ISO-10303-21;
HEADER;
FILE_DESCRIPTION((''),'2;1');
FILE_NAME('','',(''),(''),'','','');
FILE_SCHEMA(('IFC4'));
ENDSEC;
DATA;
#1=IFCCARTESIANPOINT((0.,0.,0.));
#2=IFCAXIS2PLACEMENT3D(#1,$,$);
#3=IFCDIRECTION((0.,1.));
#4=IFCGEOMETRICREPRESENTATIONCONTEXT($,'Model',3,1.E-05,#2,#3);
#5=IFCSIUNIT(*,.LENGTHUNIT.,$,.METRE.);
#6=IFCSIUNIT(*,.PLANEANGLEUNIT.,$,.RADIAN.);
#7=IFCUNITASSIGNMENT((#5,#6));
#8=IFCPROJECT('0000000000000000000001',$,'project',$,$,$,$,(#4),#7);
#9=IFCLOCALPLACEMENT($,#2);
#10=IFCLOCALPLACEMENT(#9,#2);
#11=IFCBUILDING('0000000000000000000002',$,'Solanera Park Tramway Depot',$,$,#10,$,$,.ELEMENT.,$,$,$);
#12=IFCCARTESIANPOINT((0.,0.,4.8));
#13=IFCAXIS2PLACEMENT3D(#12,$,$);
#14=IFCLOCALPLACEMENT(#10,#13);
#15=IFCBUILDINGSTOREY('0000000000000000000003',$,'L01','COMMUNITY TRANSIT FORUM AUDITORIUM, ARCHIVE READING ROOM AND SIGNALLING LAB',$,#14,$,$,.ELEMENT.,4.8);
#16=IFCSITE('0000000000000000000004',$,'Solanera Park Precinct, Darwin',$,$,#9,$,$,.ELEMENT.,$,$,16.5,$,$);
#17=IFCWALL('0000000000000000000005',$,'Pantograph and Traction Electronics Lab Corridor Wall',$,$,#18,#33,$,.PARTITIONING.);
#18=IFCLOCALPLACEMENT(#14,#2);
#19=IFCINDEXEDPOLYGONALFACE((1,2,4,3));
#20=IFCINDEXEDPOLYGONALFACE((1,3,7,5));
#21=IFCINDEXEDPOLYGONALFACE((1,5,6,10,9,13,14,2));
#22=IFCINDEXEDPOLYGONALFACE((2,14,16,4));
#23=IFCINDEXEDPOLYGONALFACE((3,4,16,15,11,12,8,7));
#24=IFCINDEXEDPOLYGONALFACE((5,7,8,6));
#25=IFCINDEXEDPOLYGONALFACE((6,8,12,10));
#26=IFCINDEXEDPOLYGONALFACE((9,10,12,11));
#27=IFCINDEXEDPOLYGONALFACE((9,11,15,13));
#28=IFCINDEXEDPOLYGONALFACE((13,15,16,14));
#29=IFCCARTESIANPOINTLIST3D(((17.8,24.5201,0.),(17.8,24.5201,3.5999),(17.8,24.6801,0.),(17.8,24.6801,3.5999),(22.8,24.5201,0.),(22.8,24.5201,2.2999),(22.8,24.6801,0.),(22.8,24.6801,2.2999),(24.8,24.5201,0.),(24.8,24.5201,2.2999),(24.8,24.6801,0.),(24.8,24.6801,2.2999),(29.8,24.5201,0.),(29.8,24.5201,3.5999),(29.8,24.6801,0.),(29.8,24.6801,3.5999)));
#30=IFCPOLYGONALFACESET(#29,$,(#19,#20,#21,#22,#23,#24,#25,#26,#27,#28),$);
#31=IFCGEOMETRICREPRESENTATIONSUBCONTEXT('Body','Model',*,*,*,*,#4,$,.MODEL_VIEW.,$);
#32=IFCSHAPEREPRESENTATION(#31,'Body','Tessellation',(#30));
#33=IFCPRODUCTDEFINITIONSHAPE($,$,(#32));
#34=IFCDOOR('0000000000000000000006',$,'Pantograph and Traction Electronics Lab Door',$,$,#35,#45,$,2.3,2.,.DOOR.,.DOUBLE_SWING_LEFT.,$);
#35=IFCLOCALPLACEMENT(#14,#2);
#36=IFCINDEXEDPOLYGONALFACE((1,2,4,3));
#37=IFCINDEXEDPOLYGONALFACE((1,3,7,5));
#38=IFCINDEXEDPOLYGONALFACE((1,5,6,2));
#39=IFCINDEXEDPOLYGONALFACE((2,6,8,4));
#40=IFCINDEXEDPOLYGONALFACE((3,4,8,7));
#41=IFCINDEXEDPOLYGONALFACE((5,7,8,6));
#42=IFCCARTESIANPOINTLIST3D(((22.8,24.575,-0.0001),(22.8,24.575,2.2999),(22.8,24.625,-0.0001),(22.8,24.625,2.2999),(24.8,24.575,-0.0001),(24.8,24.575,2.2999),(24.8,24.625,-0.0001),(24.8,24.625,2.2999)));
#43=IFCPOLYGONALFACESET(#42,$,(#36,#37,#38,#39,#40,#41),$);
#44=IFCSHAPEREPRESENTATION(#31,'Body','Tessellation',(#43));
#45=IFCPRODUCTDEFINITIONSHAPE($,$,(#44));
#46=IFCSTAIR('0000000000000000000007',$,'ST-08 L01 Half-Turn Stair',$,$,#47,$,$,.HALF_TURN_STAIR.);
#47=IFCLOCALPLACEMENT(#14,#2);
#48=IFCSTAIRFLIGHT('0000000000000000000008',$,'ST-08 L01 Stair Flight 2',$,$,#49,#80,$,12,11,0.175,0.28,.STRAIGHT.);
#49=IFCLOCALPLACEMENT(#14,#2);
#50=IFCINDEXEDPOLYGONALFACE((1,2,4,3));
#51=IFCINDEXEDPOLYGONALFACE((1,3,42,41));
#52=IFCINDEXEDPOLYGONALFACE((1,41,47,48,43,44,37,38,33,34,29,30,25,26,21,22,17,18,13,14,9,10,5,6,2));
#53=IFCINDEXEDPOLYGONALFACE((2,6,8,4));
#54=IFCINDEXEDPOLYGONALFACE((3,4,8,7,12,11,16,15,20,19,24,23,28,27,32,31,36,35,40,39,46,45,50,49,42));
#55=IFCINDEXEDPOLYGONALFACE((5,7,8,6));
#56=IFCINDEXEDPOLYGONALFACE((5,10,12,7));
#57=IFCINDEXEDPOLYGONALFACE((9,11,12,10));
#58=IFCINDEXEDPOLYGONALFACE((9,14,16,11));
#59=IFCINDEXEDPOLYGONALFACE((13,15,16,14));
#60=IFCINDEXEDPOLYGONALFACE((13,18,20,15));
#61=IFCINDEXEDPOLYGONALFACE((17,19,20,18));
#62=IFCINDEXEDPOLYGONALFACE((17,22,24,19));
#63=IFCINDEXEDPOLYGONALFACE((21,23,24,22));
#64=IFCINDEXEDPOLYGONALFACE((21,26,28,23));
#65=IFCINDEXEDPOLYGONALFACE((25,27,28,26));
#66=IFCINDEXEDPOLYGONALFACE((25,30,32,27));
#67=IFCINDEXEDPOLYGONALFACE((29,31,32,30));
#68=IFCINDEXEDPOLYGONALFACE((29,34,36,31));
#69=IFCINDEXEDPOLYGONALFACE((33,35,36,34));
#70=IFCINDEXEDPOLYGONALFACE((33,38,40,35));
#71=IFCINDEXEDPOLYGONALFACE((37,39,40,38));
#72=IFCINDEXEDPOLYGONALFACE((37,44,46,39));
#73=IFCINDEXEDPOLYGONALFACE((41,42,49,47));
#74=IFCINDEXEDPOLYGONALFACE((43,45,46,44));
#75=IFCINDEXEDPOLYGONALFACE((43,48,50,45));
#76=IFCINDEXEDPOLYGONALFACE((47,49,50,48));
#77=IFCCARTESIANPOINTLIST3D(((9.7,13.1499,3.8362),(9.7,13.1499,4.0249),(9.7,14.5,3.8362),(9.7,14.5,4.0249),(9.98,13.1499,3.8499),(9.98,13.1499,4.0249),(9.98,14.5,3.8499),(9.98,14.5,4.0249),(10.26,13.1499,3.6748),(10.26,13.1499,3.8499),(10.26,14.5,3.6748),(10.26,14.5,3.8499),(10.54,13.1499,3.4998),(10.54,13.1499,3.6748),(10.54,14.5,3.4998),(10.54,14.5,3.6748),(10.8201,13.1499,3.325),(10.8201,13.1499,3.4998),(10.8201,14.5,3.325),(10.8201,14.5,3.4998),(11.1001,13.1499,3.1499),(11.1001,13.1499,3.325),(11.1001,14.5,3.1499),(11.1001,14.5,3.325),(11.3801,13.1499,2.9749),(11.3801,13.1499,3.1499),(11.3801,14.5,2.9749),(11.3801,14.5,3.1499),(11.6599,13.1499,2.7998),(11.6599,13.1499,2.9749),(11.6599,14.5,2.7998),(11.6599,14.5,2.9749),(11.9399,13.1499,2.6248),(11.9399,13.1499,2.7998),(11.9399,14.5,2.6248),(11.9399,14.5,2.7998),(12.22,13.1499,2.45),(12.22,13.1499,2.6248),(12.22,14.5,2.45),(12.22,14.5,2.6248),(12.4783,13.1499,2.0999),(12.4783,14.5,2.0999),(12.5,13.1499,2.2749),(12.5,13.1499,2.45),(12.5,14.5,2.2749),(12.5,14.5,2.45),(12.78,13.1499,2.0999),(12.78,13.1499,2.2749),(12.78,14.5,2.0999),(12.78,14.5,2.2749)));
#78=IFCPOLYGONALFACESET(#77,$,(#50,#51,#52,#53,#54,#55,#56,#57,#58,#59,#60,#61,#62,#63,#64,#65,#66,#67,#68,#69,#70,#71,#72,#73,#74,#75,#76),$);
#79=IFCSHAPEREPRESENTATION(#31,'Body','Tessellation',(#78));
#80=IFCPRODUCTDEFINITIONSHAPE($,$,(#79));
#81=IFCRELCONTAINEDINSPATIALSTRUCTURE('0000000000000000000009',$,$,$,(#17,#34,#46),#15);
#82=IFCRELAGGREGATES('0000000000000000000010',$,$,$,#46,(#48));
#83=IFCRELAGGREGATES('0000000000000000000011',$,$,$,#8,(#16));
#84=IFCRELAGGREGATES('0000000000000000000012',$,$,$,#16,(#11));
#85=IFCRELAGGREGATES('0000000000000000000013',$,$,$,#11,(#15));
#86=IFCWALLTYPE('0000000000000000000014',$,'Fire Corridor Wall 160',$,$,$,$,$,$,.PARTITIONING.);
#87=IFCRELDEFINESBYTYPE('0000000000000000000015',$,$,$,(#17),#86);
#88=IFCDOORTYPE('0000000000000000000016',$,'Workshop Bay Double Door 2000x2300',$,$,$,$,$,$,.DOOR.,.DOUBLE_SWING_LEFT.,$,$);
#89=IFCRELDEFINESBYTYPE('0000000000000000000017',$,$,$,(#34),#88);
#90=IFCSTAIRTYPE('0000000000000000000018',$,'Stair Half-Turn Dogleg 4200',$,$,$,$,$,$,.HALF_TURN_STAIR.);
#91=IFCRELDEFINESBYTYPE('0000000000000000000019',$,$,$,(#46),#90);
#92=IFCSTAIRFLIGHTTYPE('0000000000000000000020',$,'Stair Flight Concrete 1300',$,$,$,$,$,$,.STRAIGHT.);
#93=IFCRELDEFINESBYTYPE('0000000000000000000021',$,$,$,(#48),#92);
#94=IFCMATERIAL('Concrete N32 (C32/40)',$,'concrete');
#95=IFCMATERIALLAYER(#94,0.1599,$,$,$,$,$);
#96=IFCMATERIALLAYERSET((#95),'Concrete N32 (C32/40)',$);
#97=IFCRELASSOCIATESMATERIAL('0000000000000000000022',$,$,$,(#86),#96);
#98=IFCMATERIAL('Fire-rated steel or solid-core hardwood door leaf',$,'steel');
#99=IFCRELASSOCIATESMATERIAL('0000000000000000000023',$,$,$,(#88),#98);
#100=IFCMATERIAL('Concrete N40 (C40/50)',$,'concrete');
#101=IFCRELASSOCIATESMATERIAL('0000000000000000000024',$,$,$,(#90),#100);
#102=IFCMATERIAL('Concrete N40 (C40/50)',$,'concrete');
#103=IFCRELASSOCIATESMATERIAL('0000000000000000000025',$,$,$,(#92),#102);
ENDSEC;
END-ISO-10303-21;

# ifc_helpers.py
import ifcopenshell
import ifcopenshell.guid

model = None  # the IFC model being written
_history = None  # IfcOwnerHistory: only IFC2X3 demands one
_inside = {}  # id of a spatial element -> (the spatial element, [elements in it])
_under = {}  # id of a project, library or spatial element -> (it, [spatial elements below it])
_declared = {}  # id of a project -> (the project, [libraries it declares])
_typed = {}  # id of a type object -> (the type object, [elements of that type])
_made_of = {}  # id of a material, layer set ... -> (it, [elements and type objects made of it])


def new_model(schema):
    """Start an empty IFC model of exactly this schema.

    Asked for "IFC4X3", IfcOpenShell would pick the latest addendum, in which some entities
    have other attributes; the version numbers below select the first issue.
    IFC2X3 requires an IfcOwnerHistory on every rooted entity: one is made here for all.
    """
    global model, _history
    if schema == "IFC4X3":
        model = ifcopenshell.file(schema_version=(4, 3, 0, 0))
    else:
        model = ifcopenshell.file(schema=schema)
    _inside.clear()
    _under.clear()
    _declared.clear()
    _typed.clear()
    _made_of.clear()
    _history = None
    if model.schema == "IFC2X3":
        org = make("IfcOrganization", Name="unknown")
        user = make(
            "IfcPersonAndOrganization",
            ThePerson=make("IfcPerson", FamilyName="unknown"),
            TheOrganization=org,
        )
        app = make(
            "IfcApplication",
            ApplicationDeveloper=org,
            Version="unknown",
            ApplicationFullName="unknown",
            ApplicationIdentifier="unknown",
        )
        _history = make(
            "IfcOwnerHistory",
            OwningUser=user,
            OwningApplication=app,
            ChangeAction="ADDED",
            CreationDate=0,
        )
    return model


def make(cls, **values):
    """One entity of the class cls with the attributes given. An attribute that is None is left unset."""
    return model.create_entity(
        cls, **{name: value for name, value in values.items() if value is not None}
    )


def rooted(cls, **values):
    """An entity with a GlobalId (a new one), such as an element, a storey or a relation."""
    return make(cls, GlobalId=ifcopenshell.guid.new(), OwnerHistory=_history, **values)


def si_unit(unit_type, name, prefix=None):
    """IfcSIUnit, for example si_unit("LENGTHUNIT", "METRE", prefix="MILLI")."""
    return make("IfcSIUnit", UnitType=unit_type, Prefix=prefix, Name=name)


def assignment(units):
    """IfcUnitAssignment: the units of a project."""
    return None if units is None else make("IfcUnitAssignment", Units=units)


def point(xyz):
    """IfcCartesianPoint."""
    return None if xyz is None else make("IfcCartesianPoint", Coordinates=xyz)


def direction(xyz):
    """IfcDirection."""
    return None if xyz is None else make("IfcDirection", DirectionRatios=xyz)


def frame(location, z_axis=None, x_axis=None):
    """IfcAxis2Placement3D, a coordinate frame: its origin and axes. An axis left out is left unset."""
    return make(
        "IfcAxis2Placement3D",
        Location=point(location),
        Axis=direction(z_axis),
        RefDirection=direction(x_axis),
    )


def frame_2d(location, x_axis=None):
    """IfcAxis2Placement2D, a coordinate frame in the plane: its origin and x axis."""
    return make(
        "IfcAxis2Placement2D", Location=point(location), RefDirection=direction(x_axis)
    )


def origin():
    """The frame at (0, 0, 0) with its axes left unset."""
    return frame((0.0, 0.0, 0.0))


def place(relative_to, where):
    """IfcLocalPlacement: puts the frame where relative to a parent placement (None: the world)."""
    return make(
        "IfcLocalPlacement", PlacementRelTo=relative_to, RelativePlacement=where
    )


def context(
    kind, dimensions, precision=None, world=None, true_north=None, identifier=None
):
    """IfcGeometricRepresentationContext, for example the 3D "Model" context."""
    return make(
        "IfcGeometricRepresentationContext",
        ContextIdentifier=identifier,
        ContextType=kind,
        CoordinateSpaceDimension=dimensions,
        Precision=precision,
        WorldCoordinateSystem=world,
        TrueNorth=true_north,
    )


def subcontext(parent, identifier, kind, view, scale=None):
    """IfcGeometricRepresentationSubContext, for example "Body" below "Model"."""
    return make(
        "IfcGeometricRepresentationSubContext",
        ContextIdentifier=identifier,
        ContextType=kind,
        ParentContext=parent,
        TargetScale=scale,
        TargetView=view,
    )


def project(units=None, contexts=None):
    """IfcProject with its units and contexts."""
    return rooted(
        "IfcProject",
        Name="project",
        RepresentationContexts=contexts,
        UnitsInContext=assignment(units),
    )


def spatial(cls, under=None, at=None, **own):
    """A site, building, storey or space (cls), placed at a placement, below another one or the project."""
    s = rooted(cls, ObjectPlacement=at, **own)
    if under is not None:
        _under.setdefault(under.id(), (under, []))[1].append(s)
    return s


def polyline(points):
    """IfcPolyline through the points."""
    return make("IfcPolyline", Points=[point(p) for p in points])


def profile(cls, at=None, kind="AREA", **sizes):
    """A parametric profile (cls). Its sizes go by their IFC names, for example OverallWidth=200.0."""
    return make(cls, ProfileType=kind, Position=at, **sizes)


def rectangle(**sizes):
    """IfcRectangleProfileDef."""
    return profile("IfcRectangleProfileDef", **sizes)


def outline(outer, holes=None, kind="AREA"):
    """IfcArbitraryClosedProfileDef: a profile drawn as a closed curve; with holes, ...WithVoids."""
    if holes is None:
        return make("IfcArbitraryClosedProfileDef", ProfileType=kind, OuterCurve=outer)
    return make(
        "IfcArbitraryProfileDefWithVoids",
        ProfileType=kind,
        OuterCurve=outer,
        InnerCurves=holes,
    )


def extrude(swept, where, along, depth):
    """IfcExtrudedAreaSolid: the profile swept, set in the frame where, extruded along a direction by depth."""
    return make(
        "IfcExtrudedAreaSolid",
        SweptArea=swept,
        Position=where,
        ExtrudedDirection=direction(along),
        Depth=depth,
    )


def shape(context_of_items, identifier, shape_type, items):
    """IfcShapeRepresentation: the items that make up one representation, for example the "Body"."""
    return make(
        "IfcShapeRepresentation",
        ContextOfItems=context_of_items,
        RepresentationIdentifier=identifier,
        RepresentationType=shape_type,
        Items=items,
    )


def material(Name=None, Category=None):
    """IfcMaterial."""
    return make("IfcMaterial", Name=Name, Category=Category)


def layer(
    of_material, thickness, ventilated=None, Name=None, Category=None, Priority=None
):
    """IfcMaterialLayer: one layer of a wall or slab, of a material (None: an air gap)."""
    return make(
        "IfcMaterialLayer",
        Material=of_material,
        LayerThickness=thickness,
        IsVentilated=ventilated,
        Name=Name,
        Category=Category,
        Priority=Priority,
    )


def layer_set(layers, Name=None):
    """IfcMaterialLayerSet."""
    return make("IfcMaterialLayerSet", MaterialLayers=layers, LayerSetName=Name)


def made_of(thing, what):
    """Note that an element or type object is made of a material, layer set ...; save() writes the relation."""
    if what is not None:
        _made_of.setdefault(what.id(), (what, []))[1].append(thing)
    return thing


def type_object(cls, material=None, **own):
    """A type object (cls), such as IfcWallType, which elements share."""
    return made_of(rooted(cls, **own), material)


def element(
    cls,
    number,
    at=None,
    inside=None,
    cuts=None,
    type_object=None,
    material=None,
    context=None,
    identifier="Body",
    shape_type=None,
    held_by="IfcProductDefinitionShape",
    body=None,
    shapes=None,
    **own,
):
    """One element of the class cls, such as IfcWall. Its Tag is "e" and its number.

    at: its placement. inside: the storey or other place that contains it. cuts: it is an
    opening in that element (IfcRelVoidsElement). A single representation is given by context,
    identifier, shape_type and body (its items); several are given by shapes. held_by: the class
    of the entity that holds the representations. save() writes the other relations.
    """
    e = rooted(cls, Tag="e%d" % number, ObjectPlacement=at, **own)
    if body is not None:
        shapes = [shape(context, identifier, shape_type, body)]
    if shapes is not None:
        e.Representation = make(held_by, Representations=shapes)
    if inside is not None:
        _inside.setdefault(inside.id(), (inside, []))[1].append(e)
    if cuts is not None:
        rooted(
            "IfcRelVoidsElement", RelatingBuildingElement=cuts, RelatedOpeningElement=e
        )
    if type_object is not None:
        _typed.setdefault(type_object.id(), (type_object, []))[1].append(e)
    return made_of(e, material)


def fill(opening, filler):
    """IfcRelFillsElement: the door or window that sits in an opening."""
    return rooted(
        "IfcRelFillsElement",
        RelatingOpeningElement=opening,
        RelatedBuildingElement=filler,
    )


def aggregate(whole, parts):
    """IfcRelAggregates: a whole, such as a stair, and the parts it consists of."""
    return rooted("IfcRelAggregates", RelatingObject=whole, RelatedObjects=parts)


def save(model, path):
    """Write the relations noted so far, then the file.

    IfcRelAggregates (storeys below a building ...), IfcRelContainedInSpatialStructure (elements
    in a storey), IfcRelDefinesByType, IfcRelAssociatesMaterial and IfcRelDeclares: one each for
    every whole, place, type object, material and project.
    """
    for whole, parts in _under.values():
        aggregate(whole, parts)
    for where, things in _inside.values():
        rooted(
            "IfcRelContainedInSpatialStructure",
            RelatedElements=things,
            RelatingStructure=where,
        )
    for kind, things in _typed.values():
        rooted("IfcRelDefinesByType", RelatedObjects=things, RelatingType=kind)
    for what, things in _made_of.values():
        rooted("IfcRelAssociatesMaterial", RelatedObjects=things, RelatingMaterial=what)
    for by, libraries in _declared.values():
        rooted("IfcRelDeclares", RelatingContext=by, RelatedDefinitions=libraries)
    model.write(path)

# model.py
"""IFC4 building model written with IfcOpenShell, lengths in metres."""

from ifc_helpers import new_model, si_unit, direction, frame, frame_2d, origin, place, context, subcontext, project, spatial, polyline, rectangle, outline, extrude, material, layer, layer_set, type_object, element, fill, aggregate, save


model = new_model("IFC4")

# Units and contexts
model_context = context("Model", 3, precision=1e-05, world=origin(), true_north=direction((0.0, 1.0)))
body_context = subcontext(model_context, "Body", "Model", "MODEL_VIEW")
ifc_project = project(units=[si_unit("LENGTHUNIT", "METRE"), si_unit("PLANEANGLEUNIT", "RADIAN")], contexts=[model_context])

# Site, building, storey
site_placement = place(None, origin())
site = spatial("IfcSite", under=ifc_project, at=site_placement, Name="Solanera Park Precinct, Darwin", CompositionType="ELEMENT", RefElevation=16.5)
building_placement = place(site_placement, origin())
building = spatial("IfcBuilding", under=site, at=building_placement, Name="Solanera Park Tramway Depot", CompositionType="ELEMENT")
storey_placement = place(building_placement, frame((0.0, 0.0, 4.8)))
storey = spatial("IfcBuildingStorey", under=building, at=storey_placement, Name="L01", Description="COMMUNITY TRANSIT FORUM AUDITORIUM, ARCHIVE READING ROOM AND SIGNALLING LAB", CompositionType="ELEMENT", Elevation=4.8)

# Wall, opening, door
ifc_material_1 = material(Name="Concrete N32 (C32/40)", Category="concrete")
ifc_layer_1 = layer(ifc_material_1, 0.1599)
ifc_layer_set_1 = layer_set([ifc_layer_1], Name="Concrete N32 (C32/40)")
wall_type_1 = type_object("IfcWallType", Name="Fire Corridor Wall 160", PredefinedType="PARTITIONING", material=ifc_layer_set_1)
wall_1_placement = place(storey_placement, frame((17.8, 24.6001, 0.0), z_axis=(0.0, 0.0, 1.0), x_axis=(1.0, 0.0, 0.0)))
wall_1 = element("IfcWall", 1, at=wall_1_placement, inside=storey, type_object=wall_type_1, Name="Pantograph and Traction Electronics Lab Corridor Wall", PredefinedType="PARTITIONING", context=body_context, shape_type="SweptSolid", body=[
    extrude(rectangle(XDim=12.0, YDim=0.1599, at=frame_2d((6.0, 0.0))), origin(), (0.0, 0.0, 1.0), 3.5999),
])
opening_1_placement = place(wall_1_placement, frame((5.0, 0.0, 0.0)))
opening_1 = element("IfcOpeningElement", 2, at=opening_1_placement, cuts=wall_1, PredefinedType="OPENING", context=body_context, shape_type="SweptSolid", body=[
    extrude(rectangle(XDim=2.0, YDim=2.3, at=frame_2d((1.0, 1.1499))), frame((0.0, 0.0898, 0.0), z_axis=(0.0, -1.0, 0.0), x_axis=(1.0, 0.0, 0.0)), (0.0, 0.0, 1.0), 0.1799),
])
ifc_material_2 = material(Name="Fire-rated steel or solid-core hardwood door leaf", Category="steel")
door_type_1 = type_object("IfcDoorType", Name="Workshop Bay Double Door 2000x2300", OperationType="DOUBLE_SWING_LEFT", PredefinedType="DOOR", material=ifc_material_2)
door_1_placement = place(opening_1_placement, origin())
door_1 = element("IfcDoor", 3, at=door_1_placement, inside=storey, type_object=door_type_1, Name="Pantograph and Traction Electronics Lab Door", OperationType="DOUBLE_SWING_LEFT", OverallHeight=2.3, OverallWidth=2.0, PredefinedType="DOOR", context=body_context, shape_type="SweptSolid", body=[
    extrude(rectangle(XDim=2.0, YDim=2.3, at=frame_2d((1.0, 1.1499))), frame((0.0, 0.0249, 0.0), z_axis=(0.0, -1.0, 0.0), x_axis=(1.0, 0.0, 0.0)), (0.0, 0.0, 1.0), 0.05),
])
fill(opening_1, door_1)

# Stair, stair flight
ifc_material_3 = material(Name="Concrete N40 (C40/50)", Category="concrete")
stair_type = type_object("IfcStairType", Name="Stair Half-Turn Dogleg 4200", PredefinedType="HALF_TURN_STAIR", material=ifc_material_3)
stair_placement = place(storey_placement, origin())
stair = element("IfcStair", 4, at=stair_placement, inside=storey, type_object=stair_type, Name="ST-08 L01 Half-Turn Stair", PredefinedType="HALF_TURN_STAIR")
ifc_material_4 = material(Name="Concrete N40 (C40/50)", Category="concrete")
stair_flight_type = type_object("IfcStairFlightType", Name="Stair Flight Concrete 1300", PredefinedType="STRAIGHT", material=ifc_material_4)
stair_flight_placement = place(storey_placement, frame((12.78, 13.825, 2.0999), z_axis=(0.0, 0.0, 1.0), x_axis=(-1.0, 0.0, 0.0)))
stair_flight = element("IfcStairFlight", 5, at=stair_flight_placement, type_object=stair_flight_type, Name="ST-08 L01 Stair Flight 2", NumberOfRisers=12, NumberOfTreads=11, PredefinedType="STRAIGHT", RiserHeight=0.175, TreadLength=0.28, context=body_context, shape_type="SweptSolid", body=[
    extrude(outline(polyline([(0.0, 0.0), (0.0, 0.175), (0.28, 0.175), (0.28, 0.3501), (0.5601, 0.3501), (0.5601, 0.5249), (0.8401, 0.5249), (0.8401, 0.7), (1.1201, 0.7), (1.1201, 0.875), (1.3999, 0.875), (1.3999, 1.05), (1.6799, 1.05), (1.6799, 1.2251), (1.96, 1.2251), (1.96, 1.3999), (2.24, 1.3999), (2.24, 1.575), (2.52, 1.575), (2.52, 1.75), (2.8, 1.75), (2.8, 1.925), (3.0801, 1.925), (3.0801, 2.1001), (3.0801, 1.7363), (0.3018, 0.0), (0.0, 0.0)])), frame((0.0, 0.675, 0.0), z_axis=(0.0, -1.0, 0.0), x_axis=(1.0, 0.0, 0.0)), (0.0, 0.0, 1.0), 1.3501),
])
aggregate(stair, [stair_flight])

save(model, "model.ifc")
